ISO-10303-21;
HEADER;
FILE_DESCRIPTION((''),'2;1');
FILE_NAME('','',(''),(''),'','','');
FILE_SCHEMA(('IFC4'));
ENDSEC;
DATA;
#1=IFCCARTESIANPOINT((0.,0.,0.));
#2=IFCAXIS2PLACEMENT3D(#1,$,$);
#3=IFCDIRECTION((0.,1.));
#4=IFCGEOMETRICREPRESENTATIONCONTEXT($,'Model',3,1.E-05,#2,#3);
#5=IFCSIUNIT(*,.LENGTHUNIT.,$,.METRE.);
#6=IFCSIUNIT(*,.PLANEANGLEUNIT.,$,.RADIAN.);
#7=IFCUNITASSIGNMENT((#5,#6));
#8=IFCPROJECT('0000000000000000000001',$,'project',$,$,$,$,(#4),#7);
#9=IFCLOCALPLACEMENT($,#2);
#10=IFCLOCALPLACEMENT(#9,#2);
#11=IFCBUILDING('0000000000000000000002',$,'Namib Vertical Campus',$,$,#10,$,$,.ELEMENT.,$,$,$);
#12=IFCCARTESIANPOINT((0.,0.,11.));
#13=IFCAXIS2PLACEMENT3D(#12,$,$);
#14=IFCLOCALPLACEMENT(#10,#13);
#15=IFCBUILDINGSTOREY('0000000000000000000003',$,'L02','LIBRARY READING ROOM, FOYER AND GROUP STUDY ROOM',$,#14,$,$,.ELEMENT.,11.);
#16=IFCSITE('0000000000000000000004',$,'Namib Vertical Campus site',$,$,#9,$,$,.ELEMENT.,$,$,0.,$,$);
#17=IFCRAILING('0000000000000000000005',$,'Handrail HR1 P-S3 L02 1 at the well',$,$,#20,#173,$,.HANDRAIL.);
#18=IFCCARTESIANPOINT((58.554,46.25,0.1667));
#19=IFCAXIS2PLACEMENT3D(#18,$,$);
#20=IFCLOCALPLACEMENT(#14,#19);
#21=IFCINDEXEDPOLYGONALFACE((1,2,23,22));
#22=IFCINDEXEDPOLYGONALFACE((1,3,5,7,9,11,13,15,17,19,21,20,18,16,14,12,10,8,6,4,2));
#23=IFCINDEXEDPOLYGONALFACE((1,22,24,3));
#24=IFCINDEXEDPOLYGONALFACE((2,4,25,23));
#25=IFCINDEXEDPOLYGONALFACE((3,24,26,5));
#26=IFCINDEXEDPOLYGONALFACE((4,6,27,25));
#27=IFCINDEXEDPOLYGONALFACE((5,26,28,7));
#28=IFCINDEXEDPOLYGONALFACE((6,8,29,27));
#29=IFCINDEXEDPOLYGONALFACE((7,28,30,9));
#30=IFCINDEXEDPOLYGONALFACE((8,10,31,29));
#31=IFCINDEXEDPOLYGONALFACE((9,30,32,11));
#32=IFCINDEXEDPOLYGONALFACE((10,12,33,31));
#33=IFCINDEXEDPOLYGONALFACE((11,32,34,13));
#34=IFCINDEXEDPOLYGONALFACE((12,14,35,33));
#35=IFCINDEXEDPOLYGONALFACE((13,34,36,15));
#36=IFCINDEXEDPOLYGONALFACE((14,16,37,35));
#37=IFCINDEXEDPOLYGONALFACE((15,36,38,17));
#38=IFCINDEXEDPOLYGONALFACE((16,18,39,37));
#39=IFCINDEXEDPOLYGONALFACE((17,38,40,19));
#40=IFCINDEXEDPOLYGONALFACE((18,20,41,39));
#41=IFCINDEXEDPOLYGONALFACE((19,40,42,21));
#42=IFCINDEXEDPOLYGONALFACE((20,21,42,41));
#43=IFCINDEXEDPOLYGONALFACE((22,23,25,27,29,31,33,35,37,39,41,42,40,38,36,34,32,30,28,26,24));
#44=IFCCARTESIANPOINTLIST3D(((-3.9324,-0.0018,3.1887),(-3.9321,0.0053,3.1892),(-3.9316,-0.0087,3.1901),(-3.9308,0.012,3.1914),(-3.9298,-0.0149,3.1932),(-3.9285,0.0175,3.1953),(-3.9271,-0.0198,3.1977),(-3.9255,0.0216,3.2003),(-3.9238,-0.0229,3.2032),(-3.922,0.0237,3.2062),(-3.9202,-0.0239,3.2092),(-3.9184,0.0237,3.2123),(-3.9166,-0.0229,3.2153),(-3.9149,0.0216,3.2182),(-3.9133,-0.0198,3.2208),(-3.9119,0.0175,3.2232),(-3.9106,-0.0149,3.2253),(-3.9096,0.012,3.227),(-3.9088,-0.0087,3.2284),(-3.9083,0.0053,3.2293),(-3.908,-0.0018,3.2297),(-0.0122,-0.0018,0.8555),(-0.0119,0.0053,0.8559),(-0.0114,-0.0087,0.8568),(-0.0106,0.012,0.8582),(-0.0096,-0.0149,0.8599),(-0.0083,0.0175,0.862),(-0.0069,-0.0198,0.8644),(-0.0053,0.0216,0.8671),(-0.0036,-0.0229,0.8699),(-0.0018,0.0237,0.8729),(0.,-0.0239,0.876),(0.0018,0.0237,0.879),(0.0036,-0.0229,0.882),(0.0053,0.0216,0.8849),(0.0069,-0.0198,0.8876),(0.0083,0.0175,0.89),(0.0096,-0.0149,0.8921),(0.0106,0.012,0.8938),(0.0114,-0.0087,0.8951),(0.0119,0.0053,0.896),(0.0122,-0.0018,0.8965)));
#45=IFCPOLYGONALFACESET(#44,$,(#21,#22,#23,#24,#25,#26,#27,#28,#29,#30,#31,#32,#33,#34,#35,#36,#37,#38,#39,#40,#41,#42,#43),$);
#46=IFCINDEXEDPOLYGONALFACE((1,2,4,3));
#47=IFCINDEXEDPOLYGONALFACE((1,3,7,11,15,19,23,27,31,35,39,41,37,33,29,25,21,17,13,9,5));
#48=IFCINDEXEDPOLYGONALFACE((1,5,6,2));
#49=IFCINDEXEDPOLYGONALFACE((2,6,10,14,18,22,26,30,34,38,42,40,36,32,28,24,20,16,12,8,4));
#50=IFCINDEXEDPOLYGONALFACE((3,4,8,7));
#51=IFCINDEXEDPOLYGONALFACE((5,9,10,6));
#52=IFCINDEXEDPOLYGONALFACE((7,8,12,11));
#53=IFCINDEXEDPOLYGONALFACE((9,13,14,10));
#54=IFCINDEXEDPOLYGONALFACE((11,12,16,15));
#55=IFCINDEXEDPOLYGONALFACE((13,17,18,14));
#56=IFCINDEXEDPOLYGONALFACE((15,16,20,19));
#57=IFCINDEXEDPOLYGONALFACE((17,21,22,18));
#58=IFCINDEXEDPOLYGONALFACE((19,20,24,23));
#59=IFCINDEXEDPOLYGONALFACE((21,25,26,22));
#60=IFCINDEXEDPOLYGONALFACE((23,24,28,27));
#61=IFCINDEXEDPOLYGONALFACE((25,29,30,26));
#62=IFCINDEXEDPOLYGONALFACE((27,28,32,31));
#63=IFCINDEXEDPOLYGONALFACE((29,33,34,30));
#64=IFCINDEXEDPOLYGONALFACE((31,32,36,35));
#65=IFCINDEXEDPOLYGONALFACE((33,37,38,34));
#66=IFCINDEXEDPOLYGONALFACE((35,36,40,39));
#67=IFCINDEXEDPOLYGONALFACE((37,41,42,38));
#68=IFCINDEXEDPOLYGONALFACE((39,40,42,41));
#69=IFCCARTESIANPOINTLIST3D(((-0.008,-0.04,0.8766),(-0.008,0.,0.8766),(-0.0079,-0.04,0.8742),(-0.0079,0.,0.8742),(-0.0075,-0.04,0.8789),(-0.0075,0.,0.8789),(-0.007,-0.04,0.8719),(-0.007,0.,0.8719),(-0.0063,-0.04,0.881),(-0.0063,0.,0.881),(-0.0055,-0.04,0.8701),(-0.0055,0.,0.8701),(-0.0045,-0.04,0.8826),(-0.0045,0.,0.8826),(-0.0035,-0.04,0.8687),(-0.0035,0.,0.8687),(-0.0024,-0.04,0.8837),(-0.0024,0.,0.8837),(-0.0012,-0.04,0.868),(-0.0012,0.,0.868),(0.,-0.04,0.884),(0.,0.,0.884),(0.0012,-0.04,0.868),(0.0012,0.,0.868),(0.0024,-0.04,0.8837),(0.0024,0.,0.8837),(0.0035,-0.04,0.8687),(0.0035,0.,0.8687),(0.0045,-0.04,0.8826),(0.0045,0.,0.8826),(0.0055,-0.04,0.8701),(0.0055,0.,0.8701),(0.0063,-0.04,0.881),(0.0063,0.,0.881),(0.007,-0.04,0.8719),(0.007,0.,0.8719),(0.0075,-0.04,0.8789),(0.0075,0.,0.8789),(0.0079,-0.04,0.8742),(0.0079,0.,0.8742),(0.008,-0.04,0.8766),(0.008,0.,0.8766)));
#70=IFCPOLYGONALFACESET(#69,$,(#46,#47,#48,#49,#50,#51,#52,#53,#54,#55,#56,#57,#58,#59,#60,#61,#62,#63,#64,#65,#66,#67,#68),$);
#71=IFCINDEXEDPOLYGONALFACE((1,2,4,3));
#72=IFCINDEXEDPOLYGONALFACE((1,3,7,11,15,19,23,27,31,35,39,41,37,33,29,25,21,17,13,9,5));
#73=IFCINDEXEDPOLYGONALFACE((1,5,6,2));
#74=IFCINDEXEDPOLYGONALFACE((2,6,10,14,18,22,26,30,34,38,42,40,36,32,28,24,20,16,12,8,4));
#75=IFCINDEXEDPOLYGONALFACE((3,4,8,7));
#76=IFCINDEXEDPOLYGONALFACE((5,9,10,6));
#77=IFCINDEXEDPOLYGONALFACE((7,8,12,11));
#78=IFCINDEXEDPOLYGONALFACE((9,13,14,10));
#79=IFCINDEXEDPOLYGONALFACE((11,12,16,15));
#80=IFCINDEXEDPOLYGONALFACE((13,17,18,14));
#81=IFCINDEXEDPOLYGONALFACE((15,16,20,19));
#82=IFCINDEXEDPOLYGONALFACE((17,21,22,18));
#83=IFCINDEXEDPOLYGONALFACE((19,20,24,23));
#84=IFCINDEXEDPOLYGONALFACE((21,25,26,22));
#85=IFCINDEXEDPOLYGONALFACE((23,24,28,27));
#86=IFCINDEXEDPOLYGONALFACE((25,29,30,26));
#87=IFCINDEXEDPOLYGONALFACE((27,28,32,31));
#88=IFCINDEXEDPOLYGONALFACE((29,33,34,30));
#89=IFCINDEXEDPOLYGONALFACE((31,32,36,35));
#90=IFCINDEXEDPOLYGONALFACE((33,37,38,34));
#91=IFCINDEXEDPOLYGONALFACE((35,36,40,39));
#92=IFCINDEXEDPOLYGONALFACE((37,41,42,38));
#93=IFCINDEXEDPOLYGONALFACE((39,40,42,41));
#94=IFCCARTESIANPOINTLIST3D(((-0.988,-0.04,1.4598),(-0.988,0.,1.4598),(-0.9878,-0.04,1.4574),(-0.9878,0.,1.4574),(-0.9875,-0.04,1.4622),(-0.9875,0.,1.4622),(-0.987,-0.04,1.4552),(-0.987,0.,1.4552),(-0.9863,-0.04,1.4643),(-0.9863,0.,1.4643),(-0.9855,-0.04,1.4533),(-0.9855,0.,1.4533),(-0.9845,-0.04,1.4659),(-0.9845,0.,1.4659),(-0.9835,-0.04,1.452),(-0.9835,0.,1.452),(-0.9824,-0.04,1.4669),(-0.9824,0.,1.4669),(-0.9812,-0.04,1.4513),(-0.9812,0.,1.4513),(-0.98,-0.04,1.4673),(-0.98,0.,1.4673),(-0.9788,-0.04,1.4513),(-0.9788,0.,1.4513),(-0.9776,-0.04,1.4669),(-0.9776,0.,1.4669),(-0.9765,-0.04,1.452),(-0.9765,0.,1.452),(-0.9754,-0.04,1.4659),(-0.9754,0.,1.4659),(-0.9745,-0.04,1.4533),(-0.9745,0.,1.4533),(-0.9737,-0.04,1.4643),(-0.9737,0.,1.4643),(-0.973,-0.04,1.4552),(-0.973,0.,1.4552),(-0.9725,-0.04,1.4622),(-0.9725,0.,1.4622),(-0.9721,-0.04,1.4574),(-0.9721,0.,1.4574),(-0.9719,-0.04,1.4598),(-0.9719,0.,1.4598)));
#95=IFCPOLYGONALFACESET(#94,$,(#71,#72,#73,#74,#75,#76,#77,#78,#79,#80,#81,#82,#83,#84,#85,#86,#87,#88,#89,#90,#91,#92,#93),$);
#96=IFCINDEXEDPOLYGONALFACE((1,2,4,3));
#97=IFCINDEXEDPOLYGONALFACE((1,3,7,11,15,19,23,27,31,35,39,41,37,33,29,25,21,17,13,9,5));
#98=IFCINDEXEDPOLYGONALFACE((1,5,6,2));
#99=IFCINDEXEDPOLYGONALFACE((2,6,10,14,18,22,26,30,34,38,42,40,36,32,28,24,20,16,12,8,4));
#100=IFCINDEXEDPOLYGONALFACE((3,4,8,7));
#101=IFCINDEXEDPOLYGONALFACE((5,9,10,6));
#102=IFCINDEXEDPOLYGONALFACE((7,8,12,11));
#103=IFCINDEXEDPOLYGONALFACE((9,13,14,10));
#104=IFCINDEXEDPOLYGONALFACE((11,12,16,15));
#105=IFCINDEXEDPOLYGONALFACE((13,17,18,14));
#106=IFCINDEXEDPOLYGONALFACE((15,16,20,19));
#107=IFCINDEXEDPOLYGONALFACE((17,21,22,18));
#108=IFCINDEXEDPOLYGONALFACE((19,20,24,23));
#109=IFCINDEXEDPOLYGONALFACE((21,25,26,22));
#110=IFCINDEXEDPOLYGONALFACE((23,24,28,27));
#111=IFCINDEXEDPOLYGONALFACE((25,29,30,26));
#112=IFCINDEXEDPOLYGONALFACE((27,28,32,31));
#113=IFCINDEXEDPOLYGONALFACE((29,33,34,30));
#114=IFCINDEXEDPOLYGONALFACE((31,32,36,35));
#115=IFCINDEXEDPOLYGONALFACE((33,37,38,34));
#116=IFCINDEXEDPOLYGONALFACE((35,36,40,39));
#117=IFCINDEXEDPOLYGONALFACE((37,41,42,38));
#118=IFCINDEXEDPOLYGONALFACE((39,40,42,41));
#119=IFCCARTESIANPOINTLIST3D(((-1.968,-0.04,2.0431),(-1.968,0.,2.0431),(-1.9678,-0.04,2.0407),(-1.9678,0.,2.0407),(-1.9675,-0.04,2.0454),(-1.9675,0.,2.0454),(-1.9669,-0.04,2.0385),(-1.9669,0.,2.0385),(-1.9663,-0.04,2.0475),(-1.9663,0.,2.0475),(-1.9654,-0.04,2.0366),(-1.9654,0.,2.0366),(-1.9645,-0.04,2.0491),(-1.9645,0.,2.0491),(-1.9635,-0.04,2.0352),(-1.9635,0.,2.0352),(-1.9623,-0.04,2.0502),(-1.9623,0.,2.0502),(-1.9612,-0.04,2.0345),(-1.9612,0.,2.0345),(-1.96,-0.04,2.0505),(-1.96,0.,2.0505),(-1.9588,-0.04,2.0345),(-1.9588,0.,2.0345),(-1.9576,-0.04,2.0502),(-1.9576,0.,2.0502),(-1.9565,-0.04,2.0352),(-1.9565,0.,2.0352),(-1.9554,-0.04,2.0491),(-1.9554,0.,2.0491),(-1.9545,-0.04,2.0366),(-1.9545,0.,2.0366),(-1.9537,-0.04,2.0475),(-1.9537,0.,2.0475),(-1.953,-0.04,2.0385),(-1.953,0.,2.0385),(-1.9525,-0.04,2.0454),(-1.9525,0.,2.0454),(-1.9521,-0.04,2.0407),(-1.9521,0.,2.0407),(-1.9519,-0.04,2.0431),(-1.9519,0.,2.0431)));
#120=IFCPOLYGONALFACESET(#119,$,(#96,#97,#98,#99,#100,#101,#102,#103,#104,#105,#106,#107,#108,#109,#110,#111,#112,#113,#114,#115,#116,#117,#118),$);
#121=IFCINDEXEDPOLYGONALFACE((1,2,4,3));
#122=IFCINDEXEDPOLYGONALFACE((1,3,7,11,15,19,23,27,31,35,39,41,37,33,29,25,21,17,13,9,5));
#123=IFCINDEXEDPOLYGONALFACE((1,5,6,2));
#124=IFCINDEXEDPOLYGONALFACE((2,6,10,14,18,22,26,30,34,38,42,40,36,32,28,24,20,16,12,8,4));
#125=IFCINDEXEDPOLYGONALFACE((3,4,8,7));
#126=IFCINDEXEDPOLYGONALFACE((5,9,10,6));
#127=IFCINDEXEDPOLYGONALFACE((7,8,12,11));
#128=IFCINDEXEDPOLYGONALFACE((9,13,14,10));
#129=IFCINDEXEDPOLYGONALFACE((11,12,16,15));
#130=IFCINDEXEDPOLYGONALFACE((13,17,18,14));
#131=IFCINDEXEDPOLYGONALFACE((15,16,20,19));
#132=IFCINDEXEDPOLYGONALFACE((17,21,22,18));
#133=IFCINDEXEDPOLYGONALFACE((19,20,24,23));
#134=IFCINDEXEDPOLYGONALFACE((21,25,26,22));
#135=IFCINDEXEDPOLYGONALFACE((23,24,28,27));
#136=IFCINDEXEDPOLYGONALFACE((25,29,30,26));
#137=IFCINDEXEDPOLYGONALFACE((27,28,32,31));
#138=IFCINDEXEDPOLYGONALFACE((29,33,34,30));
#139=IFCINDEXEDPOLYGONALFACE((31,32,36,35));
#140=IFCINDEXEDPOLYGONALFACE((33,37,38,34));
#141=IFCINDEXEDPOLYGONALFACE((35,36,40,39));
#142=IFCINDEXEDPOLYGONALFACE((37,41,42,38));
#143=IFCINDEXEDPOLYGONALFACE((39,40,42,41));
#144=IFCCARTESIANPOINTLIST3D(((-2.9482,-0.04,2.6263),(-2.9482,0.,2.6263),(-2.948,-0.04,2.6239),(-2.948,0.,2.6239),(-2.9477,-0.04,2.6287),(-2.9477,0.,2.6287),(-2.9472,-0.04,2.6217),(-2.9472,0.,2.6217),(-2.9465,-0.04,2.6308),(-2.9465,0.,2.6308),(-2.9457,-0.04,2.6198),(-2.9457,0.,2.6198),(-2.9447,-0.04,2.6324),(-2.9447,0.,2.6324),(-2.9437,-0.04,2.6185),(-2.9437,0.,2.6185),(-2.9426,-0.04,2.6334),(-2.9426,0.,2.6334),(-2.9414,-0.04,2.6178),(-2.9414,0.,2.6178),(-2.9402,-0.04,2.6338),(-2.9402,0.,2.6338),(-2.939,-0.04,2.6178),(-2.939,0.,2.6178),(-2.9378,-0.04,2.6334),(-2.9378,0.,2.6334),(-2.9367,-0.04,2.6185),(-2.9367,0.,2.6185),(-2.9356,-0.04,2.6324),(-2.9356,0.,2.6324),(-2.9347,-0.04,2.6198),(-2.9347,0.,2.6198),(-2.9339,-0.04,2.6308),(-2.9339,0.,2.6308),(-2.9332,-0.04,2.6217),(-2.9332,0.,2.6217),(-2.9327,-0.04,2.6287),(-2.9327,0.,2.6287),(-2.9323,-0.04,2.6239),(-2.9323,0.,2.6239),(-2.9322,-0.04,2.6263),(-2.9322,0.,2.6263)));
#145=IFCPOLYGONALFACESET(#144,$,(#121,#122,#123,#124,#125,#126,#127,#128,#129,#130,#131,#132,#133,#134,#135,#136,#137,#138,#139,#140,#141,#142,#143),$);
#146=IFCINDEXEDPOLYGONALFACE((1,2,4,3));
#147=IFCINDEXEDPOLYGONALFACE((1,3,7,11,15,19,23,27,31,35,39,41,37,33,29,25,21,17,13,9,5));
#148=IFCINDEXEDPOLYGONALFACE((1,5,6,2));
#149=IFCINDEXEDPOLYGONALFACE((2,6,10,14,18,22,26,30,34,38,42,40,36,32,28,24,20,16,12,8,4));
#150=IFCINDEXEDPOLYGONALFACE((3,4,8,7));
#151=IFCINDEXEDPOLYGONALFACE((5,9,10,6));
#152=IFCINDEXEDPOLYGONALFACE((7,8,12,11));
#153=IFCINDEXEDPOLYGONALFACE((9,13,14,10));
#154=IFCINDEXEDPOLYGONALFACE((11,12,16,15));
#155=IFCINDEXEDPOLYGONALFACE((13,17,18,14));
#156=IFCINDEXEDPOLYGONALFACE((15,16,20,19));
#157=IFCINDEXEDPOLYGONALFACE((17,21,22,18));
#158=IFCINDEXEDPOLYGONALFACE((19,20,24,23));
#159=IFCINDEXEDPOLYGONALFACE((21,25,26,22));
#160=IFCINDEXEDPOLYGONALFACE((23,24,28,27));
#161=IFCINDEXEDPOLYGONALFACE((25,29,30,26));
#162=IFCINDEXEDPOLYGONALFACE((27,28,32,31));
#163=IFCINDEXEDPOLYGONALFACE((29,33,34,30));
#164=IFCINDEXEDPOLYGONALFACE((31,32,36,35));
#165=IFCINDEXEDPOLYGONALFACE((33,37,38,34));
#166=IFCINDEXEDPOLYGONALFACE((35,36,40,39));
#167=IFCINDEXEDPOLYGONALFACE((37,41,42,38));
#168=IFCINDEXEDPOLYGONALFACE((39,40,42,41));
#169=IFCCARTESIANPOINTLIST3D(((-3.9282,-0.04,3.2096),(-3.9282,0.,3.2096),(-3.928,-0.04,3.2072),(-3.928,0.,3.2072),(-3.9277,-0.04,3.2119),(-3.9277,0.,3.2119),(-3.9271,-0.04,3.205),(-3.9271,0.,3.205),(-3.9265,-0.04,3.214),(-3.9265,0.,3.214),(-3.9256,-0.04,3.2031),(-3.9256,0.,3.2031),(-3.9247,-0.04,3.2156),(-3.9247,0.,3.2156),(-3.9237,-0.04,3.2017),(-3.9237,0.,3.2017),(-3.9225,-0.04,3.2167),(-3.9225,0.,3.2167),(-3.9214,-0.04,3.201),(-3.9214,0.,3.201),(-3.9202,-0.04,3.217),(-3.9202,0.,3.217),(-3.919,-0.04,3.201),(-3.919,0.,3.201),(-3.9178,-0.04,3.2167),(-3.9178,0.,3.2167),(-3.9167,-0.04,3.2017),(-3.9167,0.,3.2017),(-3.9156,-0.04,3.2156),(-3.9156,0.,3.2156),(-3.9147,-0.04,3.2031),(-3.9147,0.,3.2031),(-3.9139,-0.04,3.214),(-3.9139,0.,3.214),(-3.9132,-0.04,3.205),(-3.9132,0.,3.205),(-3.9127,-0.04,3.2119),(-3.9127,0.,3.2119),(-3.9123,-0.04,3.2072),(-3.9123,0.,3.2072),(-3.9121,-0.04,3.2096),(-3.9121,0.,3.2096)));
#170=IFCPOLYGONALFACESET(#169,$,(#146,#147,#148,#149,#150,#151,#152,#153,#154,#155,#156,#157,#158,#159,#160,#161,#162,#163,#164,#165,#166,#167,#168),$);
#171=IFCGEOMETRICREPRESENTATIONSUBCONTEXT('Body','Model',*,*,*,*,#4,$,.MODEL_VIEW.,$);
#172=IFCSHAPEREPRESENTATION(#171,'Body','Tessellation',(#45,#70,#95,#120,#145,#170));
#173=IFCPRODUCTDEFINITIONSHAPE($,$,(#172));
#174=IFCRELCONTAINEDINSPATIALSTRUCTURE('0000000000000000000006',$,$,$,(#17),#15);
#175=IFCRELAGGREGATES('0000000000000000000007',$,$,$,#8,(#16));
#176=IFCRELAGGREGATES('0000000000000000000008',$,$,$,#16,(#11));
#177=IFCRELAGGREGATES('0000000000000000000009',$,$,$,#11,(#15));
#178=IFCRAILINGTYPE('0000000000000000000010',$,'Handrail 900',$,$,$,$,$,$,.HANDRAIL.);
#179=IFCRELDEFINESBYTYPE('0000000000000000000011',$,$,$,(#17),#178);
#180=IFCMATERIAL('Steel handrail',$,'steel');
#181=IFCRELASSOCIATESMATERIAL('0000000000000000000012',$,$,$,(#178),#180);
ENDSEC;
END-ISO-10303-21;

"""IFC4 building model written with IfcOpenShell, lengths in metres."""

from ifc_helpers import new_model, si_unit, direction, frame, origin, origin_2d, place, context, subcontext, project, spatial, circle, extrude, material, type_object, element, save


model = new_model("IFC4")

# Units and contexts
model_context = context("Model", 3, precision=1e-05, world=origin(), true_north=direction((0.0, 1.0)))
body_context = subcontext(model_context, "Body", "Model", "MODEL_VIEW")
ifc_project = project(units=[si_unit("LENGTHUNIT", "METRE"), si_unit("PLANEANGLEUNIT", "RADIAN")], contexts=[model_context])

# Site, building, storey
site_placement = place(None, origin())
site = spatial("IfcSite", under=ifc_project, at=site_placement, Name="Namib Vertical Campus site", CompositionType="ELEMENT", RefElevation=0.0)
building_placement = place(site_placement, origin())
building = spatial("IfcBuilding", under=site, at=building_placement, Name="Namib Vertical Campus", CompositionType="ELEMENT")
storey_placement = place(building_placement, frame((0.0, 0.0, 11.0)))
storey = spatial("IfcBuildingStorey", under=building, at=storey_placement, Name="L02", Description="LIBRARY READING ROOM, FOYER AND GROUP STUDY ROOM", CompositionType="ELEMENT", Elevation=11.0)

# Railing
ifc_material_1 = material(Name="Steel handrail", Category="steel")
railing_type_1 = type_object("IfcRailingType", Name="Handrail 900", PredefinedType="HANDRAIL", material=ifc_material_1)
railing_1_placement = place(storey_placement, frame((58.554, 46.25, 0.1667)))
element("IfcRailing", 1, at=railing_1_placement, inside=storey, type_object=railing_type_1, Name="Handrail HR1 P-S3 L02 1 at the well", PredefinedType="HANDRAIL", context=body_context, shape_type="SweptSolid", body=[
    extrude(circle(Radius=0.0239, at=origin_2d()), frame((0.0, 0.0, 0.876), z_axis=(-0.85931, 0.0, 0.511455), x_axis=(0.0, -1.0, 0.0)), (0.0, 0.0, 1.0), 4.562),
    extrude(circle(Radius=0.0081, at=origin_2d()), frame((0.0, 0.0, 0.876), z_axis=(0.0, -1.0, 0.0), x_axis=(0.0, 0.0, 1.0)), (0.0, 0.0, 1.0), 0.04),
    extrude(circle(Radius=0.0081, at=origin_2d()), frame((-0.98, 0.0, 1.4592), z_axis=(0.0, -1.0, 0.0), x_axis=(0.0, 0.0, 1.0)), (0.0, 0.0, 1.0), 0.04),
    extrude(circle(Radius=0.0081, at=origin_2d()), frame((-1.96, 0.0, 2.0425), z_axis=(0.0, -1.0, 0.0), x_axis=(0.0, 0.0, 1.0)), (0.0, 0.0, 1.0), 0.04),
    extrude(circle(Radius=0.0081, at=origin_2d()), frame((-2.9402, 0.0, 2.6257), z_axis=(0.0, -1.0, 0.0), x_axis=(0.0, 0.0, 1.0)), (0.0, 0.0, 1.0), 0.04),
    extrude(circle(Radius=0.0081, at=origin_2d()), frame((-3.9202, 0.0, 3.209), z_axis=(0.0, -1.0, 0.0), x_axis=(0.0, 0.0, 1.0)), (0.0, 0.0, 1.0), 0.04),
])

save(model, "model.ifc")
